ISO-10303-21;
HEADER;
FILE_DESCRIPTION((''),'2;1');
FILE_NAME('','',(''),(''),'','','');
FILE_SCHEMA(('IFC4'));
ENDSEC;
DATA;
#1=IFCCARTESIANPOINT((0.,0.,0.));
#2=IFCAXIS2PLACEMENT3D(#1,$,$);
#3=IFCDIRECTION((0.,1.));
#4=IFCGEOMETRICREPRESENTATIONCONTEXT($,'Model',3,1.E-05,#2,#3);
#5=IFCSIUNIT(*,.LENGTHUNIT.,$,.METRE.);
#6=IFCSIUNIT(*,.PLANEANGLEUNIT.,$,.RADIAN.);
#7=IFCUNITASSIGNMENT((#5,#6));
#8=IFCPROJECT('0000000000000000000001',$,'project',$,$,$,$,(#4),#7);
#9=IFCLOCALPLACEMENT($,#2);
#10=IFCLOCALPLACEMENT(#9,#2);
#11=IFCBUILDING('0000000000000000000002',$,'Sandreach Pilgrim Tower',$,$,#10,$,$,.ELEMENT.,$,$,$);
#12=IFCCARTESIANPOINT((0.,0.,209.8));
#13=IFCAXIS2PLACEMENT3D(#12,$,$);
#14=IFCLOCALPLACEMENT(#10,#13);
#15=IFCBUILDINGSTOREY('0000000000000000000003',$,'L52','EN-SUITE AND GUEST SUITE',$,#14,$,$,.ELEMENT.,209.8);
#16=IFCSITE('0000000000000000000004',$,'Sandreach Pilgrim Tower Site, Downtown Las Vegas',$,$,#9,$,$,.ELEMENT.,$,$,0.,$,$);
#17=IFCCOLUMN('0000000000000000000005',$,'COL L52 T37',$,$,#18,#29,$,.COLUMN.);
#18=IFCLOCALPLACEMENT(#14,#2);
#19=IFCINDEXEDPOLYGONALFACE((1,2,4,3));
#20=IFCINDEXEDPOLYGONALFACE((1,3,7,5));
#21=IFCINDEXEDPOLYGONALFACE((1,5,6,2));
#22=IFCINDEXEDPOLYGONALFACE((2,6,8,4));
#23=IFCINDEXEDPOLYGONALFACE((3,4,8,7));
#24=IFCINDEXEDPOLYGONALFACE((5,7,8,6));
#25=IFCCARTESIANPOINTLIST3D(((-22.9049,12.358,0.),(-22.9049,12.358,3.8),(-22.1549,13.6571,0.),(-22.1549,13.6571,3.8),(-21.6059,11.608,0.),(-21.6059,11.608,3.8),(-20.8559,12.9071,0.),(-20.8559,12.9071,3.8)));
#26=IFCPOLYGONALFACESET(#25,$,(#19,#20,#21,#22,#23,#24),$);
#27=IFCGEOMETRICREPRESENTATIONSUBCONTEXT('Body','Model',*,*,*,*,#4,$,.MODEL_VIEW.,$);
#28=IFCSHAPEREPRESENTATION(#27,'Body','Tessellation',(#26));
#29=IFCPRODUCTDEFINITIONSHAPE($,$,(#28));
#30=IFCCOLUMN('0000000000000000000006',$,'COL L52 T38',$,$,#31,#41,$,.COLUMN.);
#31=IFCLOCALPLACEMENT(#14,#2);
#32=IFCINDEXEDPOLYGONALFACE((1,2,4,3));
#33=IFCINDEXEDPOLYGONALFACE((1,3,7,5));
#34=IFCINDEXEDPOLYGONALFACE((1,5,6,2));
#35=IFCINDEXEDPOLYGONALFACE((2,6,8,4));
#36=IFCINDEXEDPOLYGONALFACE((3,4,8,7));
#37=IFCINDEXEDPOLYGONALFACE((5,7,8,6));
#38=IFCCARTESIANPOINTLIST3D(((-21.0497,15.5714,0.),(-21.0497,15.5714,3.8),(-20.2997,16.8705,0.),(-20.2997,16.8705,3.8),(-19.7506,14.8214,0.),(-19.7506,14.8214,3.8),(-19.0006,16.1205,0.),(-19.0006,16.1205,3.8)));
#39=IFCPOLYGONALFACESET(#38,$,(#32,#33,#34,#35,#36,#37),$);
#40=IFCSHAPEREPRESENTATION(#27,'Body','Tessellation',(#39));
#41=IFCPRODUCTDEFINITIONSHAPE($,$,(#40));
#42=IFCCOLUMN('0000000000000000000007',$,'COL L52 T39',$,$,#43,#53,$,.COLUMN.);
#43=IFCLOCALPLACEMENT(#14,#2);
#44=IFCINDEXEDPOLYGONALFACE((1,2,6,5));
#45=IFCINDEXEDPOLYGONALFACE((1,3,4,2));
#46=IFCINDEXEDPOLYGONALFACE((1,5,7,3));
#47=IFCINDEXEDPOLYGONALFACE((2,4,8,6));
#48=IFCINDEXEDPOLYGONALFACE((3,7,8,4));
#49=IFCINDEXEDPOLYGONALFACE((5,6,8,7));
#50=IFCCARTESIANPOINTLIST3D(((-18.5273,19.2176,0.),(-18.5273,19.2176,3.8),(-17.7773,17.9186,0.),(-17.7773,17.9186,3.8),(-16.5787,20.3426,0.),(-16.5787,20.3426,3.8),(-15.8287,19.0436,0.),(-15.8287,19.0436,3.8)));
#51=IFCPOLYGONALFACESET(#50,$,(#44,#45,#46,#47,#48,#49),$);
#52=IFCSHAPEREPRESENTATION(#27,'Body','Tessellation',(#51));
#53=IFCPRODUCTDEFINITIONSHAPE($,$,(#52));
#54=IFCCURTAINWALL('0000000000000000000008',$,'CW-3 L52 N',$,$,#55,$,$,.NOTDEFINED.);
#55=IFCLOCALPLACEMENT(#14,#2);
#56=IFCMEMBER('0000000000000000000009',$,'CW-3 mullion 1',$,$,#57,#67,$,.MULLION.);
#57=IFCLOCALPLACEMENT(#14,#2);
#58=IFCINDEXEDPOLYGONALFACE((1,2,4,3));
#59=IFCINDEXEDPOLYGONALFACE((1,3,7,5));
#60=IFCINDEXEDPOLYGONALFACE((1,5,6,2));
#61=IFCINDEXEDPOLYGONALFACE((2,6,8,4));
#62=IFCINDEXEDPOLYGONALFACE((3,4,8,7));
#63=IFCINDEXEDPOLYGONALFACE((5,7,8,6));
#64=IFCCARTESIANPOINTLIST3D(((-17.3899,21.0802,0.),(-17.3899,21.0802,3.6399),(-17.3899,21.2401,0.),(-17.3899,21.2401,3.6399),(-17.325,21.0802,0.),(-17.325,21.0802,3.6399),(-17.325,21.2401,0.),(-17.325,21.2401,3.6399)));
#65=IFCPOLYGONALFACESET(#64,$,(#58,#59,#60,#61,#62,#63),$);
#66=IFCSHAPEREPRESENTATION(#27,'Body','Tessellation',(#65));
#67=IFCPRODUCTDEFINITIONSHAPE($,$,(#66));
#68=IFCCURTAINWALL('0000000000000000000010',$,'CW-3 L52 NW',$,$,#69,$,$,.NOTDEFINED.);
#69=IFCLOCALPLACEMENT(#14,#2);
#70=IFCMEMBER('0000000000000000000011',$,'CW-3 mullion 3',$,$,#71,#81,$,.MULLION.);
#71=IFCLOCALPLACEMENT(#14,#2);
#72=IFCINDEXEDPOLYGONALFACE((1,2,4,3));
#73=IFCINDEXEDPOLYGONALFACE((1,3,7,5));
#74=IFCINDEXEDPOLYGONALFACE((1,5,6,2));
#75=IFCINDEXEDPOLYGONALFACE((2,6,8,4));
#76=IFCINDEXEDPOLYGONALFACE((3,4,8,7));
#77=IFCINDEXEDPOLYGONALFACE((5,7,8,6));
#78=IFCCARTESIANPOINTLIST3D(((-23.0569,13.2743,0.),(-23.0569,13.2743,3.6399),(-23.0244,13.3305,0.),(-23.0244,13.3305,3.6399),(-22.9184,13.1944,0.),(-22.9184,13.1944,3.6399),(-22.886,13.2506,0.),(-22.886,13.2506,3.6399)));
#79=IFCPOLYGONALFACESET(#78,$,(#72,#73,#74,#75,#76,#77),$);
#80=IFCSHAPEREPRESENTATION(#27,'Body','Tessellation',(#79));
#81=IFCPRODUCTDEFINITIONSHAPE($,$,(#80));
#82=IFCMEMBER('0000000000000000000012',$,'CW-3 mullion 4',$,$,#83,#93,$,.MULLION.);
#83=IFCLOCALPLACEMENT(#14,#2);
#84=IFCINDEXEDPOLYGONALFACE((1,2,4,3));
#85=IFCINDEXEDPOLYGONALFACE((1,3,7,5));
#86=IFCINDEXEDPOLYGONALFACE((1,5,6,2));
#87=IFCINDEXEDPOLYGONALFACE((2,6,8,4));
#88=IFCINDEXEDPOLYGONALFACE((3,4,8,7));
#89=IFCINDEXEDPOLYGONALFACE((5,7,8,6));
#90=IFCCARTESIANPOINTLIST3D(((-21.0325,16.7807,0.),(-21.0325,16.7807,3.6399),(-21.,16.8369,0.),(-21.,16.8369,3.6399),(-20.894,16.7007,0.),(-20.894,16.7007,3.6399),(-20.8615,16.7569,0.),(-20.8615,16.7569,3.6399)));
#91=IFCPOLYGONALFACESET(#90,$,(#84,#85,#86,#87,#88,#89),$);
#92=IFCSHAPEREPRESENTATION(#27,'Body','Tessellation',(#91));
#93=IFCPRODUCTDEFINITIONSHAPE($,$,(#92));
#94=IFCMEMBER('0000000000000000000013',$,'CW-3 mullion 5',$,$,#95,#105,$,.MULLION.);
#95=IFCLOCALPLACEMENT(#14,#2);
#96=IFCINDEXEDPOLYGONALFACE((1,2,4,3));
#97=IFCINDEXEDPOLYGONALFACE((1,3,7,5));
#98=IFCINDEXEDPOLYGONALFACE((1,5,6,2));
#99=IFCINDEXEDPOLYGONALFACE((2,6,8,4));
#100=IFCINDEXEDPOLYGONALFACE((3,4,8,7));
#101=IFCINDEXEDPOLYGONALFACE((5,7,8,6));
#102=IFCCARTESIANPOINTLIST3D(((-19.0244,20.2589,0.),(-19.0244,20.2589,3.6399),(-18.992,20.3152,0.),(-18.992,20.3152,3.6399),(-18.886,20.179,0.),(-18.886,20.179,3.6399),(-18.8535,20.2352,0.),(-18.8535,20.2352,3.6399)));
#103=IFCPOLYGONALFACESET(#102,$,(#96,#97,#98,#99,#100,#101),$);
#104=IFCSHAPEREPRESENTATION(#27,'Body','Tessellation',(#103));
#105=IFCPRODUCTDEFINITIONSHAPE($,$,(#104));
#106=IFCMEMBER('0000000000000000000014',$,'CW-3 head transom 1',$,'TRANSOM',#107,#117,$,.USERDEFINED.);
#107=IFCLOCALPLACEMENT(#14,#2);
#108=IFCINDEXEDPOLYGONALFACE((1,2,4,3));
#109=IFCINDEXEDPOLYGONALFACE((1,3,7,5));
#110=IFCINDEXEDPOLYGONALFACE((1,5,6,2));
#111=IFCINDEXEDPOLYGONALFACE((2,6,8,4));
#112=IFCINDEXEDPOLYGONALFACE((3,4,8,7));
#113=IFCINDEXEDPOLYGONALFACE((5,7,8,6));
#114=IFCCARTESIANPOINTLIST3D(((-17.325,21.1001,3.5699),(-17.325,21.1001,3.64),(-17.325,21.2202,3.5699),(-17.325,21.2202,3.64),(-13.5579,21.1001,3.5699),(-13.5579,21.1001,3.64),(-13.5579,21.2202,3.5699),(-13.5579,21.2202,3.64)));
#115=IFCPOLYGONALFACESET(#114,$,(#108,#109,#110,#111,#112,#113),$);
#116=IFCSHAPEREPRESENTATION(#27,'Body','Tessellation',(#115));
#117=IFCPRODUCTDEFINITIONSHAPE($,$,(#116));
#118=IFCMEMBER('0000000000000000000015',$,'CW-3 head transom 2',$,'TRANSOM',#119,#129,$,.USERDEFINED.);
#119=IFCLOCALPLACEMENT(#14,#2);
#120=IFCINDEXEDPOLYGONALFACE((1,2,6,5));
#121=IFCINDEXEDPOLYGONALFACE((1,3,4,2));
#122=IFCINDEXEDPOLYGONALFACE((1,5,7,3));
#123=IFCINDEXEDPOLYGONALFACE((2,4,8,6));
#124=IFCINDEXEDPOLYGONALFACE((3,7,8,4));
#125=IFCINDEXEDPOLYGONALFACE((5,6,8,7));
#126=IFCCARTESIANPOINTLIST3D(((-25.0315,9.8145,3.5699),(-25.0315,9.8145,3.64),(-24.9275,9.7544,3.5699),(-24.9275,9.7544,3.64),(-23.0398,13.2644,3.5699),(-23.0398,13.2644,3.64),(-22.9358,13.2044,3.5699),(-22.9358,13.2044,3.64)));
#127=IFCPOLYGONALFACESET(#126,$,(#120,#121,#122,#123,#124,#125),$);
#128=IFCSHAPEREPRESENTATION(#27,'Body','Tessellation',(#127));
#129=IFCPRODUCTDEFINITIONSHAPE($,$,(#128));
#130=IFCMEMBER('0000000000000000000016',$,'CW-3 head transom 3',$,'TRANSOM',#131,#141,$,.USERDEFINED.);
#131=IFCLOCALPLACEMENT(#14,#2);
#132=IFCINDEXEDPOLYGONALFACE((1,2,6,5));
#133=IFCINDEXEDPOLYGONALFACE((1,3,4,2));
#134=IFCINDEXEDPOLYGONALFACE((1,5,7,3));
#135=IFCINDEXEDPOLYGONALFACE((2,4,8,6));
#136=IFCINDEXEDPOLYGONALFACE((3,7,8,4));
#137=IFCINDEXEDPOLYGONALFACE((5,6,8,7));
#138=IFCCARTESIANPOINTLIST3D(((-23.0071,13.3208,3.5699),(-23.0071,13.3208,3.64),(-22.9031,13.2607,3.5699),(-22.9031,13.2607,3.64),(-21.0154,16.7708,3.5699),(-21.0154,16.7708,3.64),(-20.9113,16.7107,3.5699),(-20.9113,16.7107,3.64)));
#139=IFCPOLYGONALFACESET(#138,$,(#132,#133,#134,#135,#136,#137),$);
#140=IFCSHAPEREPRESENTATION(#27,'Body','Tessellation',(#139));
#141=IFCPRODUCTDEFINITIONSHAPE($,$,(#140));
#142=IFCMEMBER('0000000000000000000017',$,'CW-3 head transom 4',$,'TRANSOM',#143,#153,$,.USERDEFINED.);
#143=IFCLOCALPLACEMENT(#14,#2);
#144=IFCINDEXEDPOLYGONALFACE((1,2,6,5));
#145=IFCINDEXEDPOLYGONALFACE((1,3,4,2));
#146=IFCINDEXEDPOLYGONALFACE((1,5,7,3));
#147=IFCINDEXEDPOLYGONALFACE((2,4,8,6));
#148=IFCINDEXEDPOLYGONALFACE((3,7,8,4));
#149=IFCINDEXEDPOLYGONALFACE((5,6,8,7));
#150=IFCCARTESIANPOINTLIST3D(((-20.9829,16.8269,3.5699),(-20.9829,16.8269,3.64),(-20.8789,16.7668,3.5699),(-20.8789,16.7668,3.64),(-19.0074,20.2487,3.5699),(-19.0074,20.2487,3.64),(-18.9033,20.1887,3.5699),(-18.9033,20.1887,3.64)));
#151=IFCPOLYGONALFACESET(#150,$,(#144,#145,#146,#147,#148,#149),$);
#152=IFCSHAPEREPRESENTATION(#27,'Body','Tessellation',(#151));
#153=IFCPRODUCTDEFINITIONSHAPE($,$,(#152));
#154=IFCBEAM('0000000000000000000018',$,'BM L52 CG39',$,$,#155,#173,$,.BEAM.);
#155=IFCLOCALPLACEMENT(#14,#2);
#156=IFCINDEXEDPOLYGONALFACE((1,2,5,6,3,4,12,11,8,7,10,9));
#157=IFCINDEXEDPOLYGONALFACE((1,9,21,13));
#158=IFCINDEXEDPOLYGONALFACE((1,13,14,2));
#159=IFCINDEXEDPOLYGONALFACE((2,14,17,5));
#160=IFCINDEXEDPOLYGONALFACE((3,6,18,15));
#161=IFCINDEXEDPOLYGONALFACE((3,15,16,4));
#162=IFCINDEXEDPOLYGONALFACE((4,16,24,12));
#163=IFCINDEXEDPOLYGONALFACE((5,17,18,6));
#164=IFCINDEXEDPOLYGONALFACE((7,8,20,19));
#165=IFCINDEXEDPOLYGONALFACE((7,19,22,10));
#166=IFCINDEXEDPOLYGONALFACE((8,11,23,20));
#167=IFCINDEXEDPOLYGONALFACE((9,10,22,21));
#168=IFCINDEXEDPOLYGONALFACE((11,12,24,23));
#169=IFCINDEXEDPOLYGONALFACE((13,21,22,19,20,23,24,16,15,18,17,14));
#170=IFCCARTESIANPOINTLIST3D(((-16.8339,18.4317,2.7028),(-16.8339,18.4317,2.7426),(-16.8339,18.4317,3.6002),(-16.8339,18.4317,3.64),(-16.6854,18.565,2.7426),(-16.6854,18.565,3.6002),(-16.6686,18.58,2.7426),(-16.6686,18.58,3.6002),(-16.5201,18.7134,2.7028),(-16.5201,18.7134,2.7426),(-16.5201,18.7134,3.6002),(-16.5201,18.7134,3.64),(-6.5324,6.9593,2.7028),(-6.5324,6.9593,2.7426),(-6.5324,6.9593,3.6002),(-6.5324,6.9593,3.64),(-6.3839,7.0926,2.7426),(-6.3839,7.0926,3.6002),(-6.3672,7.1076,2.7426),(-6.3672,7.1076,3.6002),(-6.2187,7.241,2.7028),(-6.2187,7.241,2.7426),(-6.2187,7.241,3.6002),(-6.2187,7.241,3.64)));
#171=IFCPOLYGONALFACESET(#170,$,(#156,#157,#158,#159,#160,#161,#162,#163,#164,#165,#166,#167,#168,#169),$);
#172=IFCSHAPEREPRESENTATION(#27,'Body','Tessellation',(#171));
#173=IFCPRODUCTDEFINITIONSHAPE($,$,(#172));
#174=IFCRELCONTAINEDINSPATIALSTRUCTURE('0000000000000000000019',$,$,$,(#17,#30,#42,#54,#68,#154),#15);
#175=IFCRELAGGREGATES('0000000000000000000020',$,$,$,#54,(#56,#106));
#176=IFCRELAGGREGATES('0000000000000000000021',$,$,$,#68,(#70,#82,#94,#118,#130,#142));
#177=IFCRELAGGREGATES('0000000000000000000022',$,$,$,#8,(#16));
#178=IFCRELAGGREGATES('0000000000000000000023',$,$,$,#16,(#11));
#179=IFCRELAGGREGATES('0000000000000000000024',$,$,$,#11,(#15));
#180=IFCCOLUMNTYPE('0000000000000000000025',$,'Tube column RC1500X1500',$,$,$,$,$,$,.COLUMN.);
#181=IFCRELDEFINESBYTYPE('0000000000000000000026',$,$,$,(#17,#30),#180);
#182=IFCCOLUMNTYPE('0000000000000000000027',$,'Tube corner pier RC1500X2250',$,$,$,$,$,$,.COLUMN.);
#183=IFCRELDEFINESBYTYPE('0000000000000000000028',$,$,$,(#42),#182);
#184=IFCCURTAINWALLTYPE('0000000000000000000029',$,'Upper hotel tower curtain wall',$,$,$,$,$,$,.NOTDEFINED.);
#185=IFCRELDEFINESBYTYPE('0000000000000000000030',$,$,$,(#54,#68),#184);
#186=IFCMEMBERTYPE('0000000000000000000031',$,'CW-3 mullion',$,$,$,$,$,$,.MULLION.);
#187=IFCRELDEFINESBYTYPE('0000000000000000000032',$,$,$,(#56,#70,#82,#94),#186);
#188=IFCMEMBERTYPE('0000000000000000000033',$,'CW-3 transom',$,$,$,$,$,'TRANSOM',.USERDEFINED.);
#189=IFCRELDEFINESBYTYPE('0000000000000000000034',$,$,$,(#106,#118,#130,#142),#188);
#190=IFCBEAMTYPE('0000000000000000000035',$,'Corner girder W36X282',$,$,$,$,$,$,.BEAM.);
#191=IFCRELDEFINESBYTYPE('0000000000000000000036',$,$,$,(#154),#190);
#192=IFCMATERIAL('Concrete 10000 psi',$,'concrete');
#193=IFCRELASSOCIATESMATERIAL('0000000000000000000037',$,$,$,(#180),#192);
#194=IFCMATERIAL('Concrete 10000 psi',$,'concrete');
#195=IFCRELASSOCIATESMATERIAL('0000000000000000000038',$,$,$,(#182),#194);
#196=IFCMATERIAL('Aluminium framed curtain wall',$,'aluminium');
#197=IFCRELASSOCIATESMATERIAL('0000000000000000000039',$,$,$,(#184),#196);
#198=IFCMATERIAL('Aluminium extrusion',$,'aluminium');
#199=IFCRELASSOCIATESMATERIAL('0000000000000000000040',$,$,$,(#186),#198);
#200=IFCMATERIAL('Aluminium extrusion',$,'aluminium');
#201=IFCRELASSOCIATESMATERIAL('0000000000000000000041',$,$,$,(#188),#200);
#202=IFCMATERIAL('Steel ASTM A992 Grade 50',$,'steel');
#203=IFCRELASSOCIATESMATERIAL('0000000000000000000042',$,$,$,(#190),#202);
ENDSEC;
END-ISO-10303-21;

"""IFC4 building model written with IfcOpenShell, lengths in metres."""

from ifc_helpers import new_model, si_unit, direction, frame, origin, origin_2d, place, context, subcontext, project, spatial, rectangle, i_section, extrude, material, material_profile, profile_set, type_object, element, aggregate, save


model = new_model("IFC4")

# Units and contexts
model_context = context("Model", 3, precision=1e-05, world=origin(), true_north=direction((0.0, 1.0)))
body_context = subcontext(model_context, "Body", "Model", "MODEL_VIEW")
ifc_project = project(units=[si_unit("LENGTHUNIT", "METRE"), si_unit("PLANEANGLEUNIT", "RADIAN")], contexts=[model_context])

# Site, building, storey
site_placement = place(None, origin())
site = spatial("IfcSite", under=ifc_project, at=site_placement, Name="Sandreach Pilgrim Tower Site, Downtown Las Vegas", CompositionType="ELEMENT", RefElevation=0.0)
building_placement = place(site_placement, origin())
building = spatial("IfcBuilding", under=site, at=building_placement, Name="Sandreach Pilgrim Tower", CompositionType="ELEMENT")
storey_placement = place(building_placement, frame((0.0, 0.0, 209.8)))
storey = spatial("IfcBuildingStorey", under=building, at=storey_placement, Name="L52", Description="EN-SUITE AND GUEST SUITE", CompositionType="ELEMENT", Elevation=209.8)

# Columns
ifc_material_1 = material(Name="Concrete 10000 psi", Category="concrete")
ifc_material_profile_1 = material_profile(ifc_material_1, rectangle(XDim=1.5, YDim=1.5, at=origin_2d()), Name="RC1500X1500")
ifc_profile_set_1 = profile_set([ifc_material_profile_1], Name="Concrete 10000 psi")
column_type_1 = type_object("IfcColumnType", Name="Tube column RC1500X1500", PredefinedType="COLUMN", material=ifc_profile_set_1)
for number, where, z_axis, x_axis, name in (
    (1, (-21.8804, 12.6326, 0.0), (0.0, 0.0, 1.0), (-0.866025, 0.5, 0.0), "COL L52 T37"),
    (2, (-20.0251, 15.8459, 0.0), (0.0, 0.0, 1.0), (-0.866025, 0.5, 0.0), "COL L52 T38"),
):
    element("IfcColumn", number, at=place(storey_placement, frame(where, z_axis=z_axis, x_axis=x_axis)), inside=storey, type_object=column_type_1, Name=name, PredefinedType="COLUMN", context=body_context, shape_type="SweptSolid", body=[
        extrude(rectangle(XDim=1.5, YDim=1.5, at=origin_2d()), origin(), (0.0, 0.0, 1.0), 3.8),
    ])
ifc_material_2 = material(Name="Concrete 10000 psi", Category="concrete")
ifc_material_profile_2 = material_profile(ifc_material_2, rectangle(XDim=1.5, YDim=2.25, at=origin_2d()), Name="RC1500X2250")
ifc_profile_set_2 = profile_set([ifc_material_profile_2], Name="Concrete 10000 psi")
column_type_2 = type_object("IfcColumnType", Name="Tube corner pier RC1500X2250", PredefinedType="COLUMN", material=ifc_profile_set_2)
column_placement = place(storey_placement, frame((-17.178, 19.1306, 0.0), z_axis=(0.0, 0.0, 1.0), x_axis=(-0.5, 0.866025, 0.0)))
element("IfcColumn", 3, at=column_placement, inside=storey, type_object=column_type_2, Name="COL L52 T39", PredefinedType="COLUMN", context=body_context, shape_type="SweptSolid", body=[
    extrude(rectangle(XDim=1.5, YDim=2.25, at=origin_2d()), origin(), (0.0, 0.0, 1.0), 3.8),
])

# Curtain wall, member
ifc_material_3 = material(Name="Aluminium framed curtain wall", Category="aluminium")
curtain_wall_type = type_object("IfcCurtainWallType", Name="Upper hotel tower curtain wall", PredefinedType="NOTDEFINED", material=ifc_material_3)
curtain_wall_1_placement = place(storey_placement, origin())
curtain_wall_1 = element("IfcCurtainWall", 4, at=curtain_wall_1_placement, inside=storey, type_object=curtain_wall_type, Name="CW-3 L52 N", PredefinedType="NOTDEFINED")
ifc_material_4 = material(Name="Aluminium extrusion", Category="aluminium")
ifc_material_profile_3 = material_profile(ifc_material_4, rectangle(XDim=0.0649, YDim=0.1599, at=origin_2d()), Name="CW-3M 65X160")
ifc_profile_set_3 = profile_set([ifc_material_profile_3], Name="Aluminium extrusion")
member_type_1 = type_object("IfcMemberType", Name="CW-3 mullion", PredefinedType="MULLION", material=ifc_profile_set_3)
member_1_placement = place(storey_placement, frame((-17.3574, 21.1602, 0.0), z_axis=(0.0, 0.0, 1.0), x_axis=(1.0, 0.0, 0.0)))
member_1 = element("IfcMember", 5, at=member_1_placement, type_object=member_type_1, Name="CW-3 mullion 1", PredefinedType="MULLION", context=body_context, shape_type="SweptSolid", body=[
    extrude(rectangle(XDim=0.0649, YDim=0.1599, at=origin_2d()), origin(), (0.0, 0.0, 1.0), 3.6399),
])

# Curtain wall, members
curtain_wall_2_placement = place(storey_placement, origin())
curtain_wall_2 = element("IfcCurtainWall", 6, at=curtain_wall_2_placement, inside=storey, type_object=curtain_wall_type, Name="CW-3 L52 NW", PredefinedType="NOTDEFINED")
member_2_placement = place(storey_placement, frame((-22.9714, 13.2625, 0.0), z_axis=(0.0, 0.0, 1.0), x_axis=(0.5, 0.866025, 0.0)))
member_2 = element("IfcMember", 7, at=member_2_placement, type_object=member_type_1, Name="CW-3 mullion 3", PredefinedType="MULLION", context=body_context, shape_type="SweptSolid", body=[
    extrude(rectangle(XDim=0.0649, YDim=0.1599, at=origin_2d()), origin(), (0.0, 0.0, 1.0), 3.6399),
])
member_3_placement = place(storey_placement, frame((-20.947, 16.7688, 0.0), z_axis=(0.0, 0.0, 1.0), x_axis=(0.5, 0.866025, 0.0)))
member_3 = element("IfcMember", 8, at=member_3_placement, type_object=member_type_1, Name="CW-3 mullion 4", PredefinedType="MULLION", context=body_context, shape_type="SweptSolid", body=[
    extrude(rectangle(XDim=0.0649, YDim=0.1599, at=origin_2d()), origin(), (0.0, 0.0, 1.0), 3.6399),
])
member_4_placement = place(storey_placement, frame((-18.939, 20.2471, 0.0), z_axis=(0.0, 0.0, 1.0), x_axis=(0.5, 0.866025, 0.0)))
member_4 = element("IfcMember", 9, at=member_4_placement, type_object=member_type_1, Name="CW-3 mullion 5", PredefinedType="MULLION", context=body_context, shape_type="SweptSolid", body=[
    extrude(rectangle(XDim=0.0649, YDim=0.1599, at=origin_2d()), origin(), (0.0, 0.0, 1.0), 3.6399),
])

# Members
ifc_material_5 = material(Name="Aluminium extrusion", Category="aluminium")
ifc_material_profile_4 = material_profile(ifc_material_5, rectangle(XDim=0.1201, YDim=0.0701, at=origin_2d()), Name="CW-3T 120X70")
ifc_profile_set_4 = profile_set([ifc_material_profile_4], Name="Aluminium extrusion")
member_type_2 = type_object("IfcMemberType", Name="CW-3 transom", ElementType="TRANSOM", PredefinedType="USERDEFINED", material=ifc_profile_set_4)
member_5_placement = place(storey_placement, frame((-17.325, 21.1602, 3.605), z_axis=(1.0, 0.0, 0.0), x_axis=(0.0, 1.0, 0.0)))
member_5 = element("IfcMember", 10, at=member_5_placement, type_object=member_type_2, Name="CW-3 head transom 1", ObjectType="TRANSOM", PredefinedType="USERDEFINED", context=body_context, shape_type="SweptSolid", body=[
    extrude(rectangle(XDim=0.1201, YDim=0.0701, at=origin_2d()), origin(), (0.0, 0.0, 1.0), 3.7671),
])
aggregate(curtain_wall_1, [member_1, member_5])
member_6_placement = place(storey_placement, frame((-24.9795, 9.7844, 3.605), z_axis=(0.499975, 0.86604, 0.0), x_axis=(-0.86604, 0.499975, 0.0)))
member_6 = element("IfcMember", 11, at=member_6_placement, type_object=member_type_2, Name="CW-3 head transom 2", ObjectType="TRANSOM", PredefinedType="USERDEFINED", context=body_context, shape_type="SweptSolid", body=[
    extrude(rectangle(XDim=0.1201, YDim=0.0701, at=origin_2d()), origin(), (0.0, 0.0, 1.0), 3.9836),
])
member_7_placement = place(storey_placement, frame((-22.9551, 13.2908, 3.605), z_axis=(0.499975, 0.86604, 0.0), x_axis=(-0.86604, 0.499975, 0.0)))
member_7 = element("IfcMember", 12, at=member_7_placement, type_object=member_type_2, Name="CW-3 head transom 3", ObjectType="TRANSOM", PredefinedType="USERDEFINED", context=body_context, shape_type="SweptSolid", body=[
    extrude(rectangle(XDim=0.1201, YDim=0.0701, at=origin_2d()), origin(), (0.0, 0.0, 1.0), 3.9836),
])
member_8_placement = place(storey_placement, frame((-20.9309, 16.7969, 3.605), z_axis=(0.499993, 0.866029, 0.0), x_axis=(-0.866029, 0.499993, 0.0)))
member_8 = element("IfcMember", 13, at=member_8_placement, type_object=member_type_2, Name="CW-3 head transom 4", ObjectType="TRANSOM", PredefinedType="USERDEFINED", context=body_context, shape_type="SweptSolid", body=[
    extrude(rectangle(XDim=0.1201, YDim=0.0701, at=origin_2d()), origin(), (0.0, 0.0, 1.0), 3.9512),
])

# Beam
ifc_material_6 = material(Name="Steel ASTM A992 Grade 50", Category="steel")
ifc_material_profile_5 = material_profile(ifc_material_6, i_section(OverallWidth=0.4216, OverallDepth=0.9373, WebThickness=0.0225, FlangeThickness=0.0398, at=origin_2d()), Name="W36X282")
ifc_profile_set_5 = profile_set([ifc_material_profile_5], Name="Steel ASTM A992 Grade 50")
beam_type_1 = type_object("IfcBeamType", Name="Corner girder W36X282", PredefinedType="BEAM", material=ifc_profile_set_5)
beam_1_placement = place(storey_placement, frame((-16.677, 18.5725, 3.1714), z_axis=(0.668117, -0.744057, 0.0), x_axis=(0.744057, 0.668117, 0.0)))
element("IfcBeam", 14, at=beam_1_placement, inside=storey, type_object=beam_type_1, Name="BM L52 CG39", PredefinedType="BEAM", context=body_context, shape_type="SweptSolid", body=[
    extrude(i_section(OverallWidth=0.4216, OverallDepth=0.9373, WebThickness=0.0225, FlangeThickness=0.0398, at=origin_2d()), origin(), (0.0, 0.0, 1.0), 15.4187),
])

aggregate(curtain_wall_2, [member_2, member_3, member_4, member_6, member_7, member_8])

save(model, "model.ifc")
